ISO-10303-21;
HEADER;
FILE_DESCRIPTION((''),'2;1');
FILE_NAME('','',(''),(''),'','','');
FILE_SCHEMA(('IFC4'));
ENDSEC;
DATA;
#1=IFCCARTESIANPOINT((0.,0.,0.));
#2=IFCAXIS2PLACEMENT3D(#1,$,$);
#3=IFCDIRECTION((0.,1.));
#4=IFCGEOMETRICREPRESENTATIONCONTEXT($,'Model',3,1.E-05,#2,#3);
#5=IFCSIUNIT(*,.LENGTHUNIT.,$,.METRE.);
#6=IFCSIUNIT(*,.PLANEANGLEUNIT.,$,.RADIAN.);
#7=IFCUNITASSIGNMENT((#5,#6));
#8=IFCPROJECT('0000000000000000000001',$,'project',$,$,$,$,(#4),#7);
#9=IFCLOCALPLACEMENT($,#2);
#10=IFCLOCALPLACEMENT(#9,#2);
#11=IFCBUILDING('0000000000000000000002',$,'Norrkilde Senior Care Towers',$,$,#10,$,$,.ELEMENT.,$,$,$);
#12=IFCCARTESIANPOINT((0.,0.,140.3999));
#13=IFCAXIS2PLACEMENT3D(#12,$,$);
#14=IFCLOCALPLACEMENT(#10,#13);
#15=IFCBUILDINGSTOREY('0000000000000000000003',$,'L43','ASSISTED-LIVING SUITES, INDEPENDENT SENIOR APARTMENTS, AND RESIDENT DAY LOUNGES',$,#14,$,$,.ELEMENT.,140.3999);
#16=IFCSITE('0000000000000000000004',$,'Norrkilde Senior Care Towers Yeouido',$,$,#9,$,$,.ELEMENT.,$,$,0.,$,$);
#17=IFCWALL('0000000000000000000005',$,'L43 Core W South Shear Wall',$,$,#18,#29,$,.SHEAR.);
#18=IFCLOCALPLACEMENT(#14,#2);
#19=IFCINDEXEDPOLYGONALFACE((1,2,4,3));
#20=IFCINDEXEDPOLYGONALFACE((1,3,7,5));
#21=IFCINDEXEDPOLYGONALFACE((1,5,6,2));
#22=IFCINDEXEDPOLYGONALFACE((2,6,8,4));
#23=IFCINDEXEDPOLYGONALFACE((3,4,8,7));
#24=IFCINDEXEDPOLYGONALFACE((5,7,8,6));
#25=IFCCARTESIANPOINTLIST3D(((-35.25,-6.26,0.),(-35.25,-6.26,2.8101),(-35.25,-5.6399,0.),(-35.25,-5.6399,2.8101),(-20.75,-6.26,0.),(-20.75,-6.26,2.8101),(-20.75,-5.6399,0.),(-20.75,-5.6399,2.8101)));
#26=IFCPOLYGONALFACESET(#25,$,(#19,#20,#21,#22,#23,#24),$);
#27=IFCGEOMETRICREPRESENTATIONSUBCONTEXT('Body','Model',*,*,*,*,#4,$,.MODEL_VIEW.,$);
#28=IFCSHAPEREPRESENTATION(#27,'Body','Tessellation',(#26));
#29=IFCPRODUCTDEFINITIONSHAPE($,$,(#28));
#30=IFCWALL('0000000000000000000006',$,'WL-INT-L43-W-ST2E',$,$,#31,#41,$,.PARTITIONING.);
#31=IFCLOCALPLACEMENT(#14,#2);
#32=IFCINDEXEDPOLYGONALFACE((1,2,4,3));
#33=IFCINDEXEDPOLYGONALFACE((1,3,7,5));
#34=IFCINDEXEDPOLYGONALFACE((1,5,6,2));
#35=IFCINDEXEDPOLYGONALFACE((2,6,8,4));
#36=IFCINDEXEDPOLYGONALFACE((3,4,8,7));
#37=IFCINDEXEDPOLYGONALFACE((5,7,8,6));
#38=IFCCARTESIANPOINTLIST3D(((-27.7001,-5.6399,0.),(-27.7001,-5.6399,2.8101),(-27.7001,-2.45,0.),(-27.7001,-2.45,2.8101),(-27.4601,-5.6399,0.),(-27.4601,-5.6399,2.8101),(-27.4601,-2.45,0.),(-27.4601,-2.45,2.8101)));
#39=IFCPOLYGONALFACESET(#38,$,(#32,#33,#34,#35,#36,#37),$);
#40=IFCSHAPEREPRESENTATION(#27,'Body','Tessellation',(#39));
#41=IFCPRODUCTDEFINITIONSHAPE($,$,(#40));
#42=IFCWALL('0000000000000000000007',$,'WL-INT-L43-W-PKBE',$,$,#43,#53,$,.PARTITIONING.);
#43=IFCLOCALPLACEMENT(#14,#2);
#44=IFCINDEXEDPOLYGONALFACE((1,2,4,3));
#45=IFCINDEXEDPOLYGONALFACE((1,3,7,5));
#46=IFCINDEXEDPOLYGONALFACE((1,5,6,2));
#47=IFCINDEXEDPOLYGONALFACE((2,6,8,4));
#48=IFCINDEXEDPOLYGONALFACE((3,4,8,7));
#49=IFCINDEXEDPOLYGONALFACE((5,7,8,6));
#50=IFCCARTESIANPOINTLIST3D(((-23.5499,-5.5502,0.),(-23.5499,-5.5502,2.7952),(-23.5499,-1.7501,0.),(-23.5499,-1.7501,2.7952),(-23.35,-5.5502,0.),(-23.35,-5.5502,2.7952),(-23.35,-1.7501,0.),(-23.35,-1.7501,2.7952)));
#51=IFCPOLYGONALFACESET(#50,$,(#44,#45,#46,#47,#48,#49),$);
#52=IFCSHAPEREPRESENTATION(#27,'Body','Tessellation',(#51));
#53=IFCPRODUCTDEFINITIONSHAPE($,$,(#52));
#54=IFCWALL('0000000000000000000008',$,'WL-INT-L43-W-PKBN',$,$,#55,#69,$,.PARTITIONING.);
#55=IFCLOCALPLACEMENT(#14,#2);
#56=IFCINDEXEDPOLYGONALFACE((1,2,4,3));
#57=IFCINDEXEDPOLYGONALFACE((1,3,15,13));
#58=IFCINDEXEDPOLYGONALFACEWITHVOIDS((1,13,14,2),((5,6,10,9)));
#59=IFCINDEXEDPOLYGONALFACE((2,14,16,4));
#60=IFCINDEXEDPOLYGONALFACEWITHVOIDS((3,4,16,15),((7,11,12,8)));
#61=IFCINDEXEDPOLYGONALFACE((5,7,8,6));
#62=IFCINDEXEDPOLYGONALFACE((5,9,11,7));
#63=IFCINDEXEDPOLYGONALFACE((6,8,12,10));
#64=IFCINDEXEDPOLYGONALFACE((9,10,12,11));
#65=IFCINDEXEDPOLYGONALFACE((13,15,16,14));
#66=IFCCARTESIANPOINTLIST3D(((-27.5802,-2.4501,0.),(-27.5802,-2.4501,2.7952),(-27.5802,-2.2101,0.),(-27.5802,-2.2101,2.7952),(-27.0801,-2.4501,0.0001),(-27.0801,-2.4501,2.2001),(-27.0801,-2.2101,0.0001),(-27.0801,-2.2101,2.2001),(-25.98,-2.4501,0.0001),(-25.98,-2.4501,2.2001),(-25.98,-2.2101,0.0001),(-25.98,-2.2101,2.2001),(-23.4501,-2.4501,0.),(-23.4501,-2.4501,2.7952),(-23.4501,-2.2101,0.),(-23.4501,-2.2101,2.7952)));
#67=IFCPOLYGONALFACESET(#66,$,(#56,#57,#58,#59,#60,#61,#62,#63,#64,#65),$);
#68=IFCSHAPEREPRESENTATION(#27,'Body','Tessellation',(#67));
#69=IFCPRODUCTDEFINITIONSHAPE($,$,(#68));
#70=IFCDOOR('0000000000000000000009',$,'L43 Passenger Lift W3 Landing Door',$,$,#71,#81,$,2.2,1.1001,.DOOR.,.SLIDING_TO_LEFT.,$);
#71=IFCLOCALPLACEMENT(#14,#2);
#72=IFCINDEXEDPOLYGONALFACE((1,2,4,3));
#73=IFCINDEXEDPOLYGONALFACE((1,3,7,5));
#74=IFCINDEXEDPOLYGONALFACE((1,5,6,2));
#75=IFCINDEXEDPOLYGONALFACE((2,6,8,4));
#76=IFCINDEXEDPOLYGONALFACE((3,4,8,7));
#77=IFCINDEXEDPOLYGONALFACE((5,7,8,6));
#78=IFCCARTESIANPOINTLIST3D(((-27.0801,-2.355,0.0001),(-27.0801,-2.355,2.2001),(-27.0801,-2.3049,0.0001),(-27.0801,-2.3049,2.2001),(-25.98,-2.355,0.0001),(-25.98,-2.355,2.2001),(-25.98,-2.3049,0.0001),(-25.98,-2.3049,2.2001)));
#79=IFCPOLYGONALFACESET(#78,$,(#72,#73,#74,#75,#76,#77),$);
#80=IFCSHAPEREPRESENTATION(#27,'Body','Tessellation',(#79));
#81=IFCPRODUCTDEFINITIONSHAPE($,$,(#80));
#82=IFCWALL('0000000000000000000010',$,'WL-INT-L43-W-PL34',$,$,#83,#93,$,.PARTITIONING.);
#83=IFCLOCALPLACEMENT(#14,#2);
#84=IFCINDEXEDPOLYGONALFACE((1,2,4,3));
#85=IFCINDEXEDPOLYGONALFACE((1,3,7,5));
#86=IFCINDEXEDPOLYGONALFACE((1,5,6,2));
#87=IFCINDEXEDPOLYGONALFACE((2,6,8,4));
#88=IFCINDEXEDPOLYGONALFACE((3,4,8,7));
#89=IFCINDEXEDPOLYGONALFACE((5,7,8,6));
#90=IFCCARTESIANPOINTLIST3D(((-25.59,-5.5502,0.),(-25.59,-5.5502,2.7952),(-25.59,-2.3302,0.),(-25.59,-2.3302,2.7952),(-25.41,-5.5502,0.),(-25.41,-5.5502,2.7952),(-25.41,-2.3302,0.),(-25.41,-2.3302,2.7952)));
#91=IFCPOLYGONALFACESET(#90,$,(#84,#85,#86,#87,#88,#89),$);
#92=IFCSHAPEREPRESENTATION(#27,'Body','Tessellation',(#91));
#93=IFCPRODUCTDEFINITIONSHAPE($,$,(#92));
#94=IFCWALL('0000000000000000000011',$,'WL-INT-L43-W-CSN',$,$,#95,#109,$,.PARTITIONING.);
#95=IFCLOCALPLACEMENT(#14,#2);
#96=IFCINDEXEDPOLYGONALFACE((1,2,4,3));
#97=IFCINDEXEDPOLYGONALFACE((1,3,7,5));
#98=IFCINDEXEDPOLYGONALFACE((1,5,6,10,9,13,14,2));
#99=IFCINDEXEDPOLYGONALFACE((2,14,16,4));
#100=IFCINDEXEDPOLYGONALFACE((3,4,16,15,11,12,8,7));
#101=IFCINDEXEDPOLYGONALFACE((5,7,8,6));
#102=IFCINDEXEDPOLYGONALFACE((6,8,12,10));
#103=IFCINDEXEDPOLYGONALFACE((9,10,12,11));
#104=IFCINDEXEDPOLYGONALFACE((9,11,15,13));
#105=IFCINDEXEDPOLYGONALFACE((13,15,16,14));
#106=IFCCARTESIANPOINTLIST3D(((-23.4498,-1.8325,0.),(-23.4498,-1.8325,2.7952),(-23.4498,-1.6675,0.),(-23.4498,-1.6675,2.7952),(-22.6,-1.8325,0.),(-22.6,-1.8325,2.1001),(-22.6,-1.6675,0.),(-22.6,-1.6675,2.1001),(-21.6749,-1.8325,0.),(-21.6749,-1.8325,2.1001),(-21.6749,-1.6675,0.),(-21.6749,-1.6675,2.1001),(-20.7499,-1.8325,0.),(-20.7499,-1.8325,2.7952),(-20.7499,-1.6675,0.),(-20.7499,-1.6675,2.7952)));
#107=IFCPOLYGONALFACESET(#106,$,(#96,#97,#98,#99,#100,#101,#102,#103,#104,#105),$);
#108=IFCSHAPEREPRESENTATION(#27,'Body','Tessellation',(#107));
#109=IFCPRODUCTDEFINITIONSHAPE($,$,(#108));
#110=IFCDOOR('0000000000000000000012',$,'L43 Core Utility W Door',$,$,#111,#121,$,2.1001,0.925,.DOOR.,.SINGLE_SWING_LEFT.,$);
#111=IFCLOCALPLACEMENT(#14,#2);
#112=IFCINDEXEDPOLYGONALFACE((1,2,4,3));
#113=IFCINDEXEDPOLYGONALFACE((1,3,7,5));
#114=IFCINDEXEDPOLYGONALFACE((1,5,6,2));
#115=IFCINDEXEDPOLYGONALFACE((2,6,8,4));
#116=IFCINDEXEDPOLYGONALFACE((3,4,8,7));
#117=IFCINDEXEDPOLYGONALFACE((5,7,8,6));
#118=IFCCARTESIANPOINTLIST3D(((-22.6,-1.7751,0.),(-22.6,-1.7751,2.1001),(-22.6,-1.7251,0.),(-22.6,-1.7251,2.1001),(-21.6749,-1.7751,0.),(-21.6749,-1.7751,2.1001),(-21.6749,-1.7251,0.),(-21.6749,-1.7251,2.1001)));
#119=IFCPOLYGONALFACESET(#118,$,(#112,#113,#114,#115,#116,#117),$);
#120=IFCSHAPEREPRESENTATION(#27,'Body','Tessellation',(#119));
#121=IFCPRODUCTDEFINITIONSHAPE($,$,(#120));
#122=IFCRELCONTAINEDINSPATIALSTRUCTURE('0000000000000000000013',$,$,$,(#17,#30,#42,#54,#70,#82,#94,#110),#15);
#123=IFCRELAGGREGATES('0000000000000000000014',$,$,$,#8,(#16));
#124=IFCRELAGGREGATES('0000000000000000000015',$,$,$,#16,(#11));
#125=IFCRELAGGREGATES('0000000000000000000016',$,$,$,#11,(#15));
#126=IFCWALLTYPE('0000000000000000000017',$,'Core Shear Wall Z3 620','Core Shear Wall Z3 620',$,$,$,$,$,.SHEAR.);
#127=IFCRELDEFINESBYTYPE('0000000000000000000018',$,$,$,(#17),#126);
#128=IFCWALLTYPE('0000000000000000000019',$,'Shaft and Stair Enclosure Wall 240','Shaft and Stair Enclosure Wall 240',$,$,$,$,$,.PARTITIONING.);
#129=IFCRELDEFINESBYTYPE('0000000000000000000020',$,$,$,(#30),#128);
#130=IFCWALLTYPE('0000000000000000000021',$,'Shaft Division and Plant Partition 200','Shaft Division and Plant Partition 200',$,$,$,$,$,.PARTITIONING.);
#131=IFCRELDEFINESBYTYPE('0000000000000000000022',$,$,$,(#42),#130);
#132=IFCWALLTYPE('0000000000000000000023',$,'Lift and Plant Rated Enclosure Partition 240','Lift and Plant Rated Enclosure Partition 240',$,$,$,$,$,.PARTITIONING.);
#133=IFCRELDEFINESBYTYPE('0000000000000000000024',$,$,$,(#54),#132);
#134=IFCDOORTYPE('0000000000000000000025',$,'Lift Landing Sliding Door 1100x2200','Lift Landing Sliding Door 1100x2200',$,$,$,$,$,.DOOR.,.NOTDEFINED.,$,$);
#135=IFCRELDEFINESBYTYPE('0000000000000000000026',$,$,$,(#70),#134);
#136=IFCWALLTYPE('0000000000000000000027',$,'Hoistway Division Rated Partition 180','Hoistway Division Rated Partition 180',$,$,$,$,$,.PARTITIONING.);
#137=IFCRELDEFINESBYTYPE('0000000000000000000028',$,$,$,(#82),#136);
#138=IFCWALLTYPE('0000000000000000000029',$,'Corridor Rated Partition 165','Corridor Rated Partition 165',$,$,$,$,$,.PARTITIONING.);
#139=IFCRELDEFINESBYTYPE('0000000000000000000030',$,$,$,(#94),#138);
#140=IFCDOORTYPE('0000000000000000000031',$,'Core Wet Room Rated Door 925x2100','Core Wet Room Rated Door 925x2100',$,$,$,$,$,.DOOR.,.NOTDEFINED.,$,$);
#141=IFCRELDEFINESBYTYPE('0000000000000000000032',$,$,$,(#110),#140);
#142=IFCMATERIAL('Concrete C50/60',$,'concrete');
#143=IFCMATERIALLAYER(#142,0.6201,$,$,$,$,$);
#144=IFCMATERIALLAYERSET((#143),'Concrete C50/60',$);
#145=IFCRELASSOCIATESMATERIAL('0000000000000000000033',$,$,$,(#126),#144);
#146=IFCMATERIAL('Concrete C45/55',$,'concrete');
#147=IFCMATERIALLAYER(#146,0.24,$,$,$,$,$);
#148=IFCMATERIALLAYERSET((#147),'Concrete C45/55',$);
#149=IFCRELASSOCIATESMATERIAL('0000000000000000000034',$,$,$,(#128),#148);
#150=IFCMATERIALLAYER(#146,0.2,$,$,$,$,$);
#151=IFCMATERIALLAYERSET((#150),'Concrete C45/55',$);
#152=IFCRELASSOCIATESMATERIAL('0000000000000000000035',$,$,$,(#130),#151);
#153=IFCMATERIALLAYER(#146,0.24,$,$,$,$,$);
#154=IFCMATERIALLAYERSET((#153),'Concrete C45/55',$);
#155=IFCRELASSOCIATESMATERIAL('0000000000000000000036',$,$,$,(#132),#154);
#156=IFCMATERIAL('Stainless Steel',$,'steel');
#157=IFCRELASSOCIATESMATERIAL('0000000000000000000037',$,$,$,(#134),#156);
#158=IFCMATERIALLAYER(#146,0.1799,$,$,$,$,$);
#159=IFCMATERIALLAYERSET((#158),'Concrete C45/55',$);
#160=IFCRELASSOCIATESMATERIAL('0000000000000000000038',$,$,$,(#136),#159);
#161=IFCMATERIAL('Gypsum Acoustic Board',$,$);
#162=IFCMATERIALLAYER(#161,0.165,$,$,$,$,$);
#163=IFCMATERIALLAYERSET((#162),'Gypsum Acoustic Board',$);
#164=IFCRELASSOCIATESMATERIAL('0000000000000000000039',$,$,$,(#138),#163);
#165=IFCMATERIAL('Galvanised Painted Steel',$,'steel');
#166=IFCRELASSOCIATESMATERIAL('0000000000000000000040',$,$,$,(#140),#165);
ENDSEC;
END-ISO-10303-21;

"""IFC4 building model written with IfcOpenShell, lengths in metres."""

from ifc_helpers import new_model, si_unit, direction, frame, frame_2d, origin, place, context, subcontext, project, spatial, rectangle, extrude, source, transform, mapped, material, layer, layer_set, type_object, type_shapes, element, fill, save


model = new_model("IFC4")

# Units and contexts
model_context = context("Model", 3, precision=1e-05, world=origin(), true_north=direction((0.0, 1.0)))
body_context = subcontext(model_context, "Body", "Model", "MODEL_VIEW")
ifc_project = project(units=[si_unit("LENGTHUNIT", "METRE"), si_unit("PLANEANGLEUNIT", "RADIAN")], contexts=[model_context])

# Site, building, storey
site_placement = place(None, origin())
site = spatial("IfcSite", under=ifc_project, at=site_placement, Name="Norrkilde Senior Care Towers Yeouido", CompositionType="ELEMENT", RefElevation=0.0)
building_placement = place(site_placement, origin())
building = spatial("IfcBuilding", under=site, at=building_placement, Name="Norrkilde Senior Care Towers", CompositionType="ELEMENT")
storey_placement = place(building_placement, frame((0.0, 0.0, 140.3999)))
storey = spatial("IfcBuildingStorey", under=building, at=storey_placement, Name="L43", Description="ASSISTED-LIVING SUITES, INDEPENDENT SENIOR APARTMENTS, AND RESIDENT DAY LOUNGES", CompositionType="ELEMENT", Elevation=140.3999)

# Shared definitions
ifc_material_1 = material(Name="Concrete C50/60", Category="concrete")

# Walls
ifc_layer_1 = layer(ifc_material_1, 0.6201)
ifc_layer_set_1 = layer_set([ifc_layer_1], Name="Concrete C50/60")
wall_type_1 = type_object("IfcWallType", Name="Core Shear Wall Z3 620", Description="Core Shear Wall Z3 620", PredefinedType="SHEAR", material=ifc_layer_set_1)
shared_shape_1 = source(origin(), body_context, "Body", "SweptSolid", [
    extrude(rectangle(XDim=14.5, YDim=0.6201, at=frame_2d((7.25, 0.0))), origin(), (0.0, 0.0, 1.0), 2.8101),
])
type_shapes(wall_type_1, [shared_shape_1])
wall_1_placement = place(storey_placement, frame((-20.75, -5.95, 0.0), z_axis=(0.0, 0.0, 1.0), x_axis=(-1.0, 0.0, 0.0)))
element("IfcWall", 1, at=wall_1_placement, inside=storey, type_object=wall_type_1, Name="L43 Core W South Shear Wall", PredefinedType="SHEAR", context=body_context, shape_type="MappedRepresentation", body=[
    mapped(shared_shape_1, transform((0.0, 0.0, 0.0), x_axis=(1.0, 0.0, 0.0), y_axis=(0.0, 1.0, 0.0), z_axis=(0.0, 0.0, 1.0), scale=1.0)),
])
ifc_material_2 = material(Name="Concrete C45/55", Category="concrete")
ifc_layer_2 = layer(ifc_material_2, 0.24)
ifc_layer_set_2 = layer_set([ifc_layer_2], Name="Concrete C45/55")
wall_type_2 = type_object("IfcWallType", Name="Shaft and Stair Enclosure Wall 240", Description="Shaft and Stair Enclosure Wall 240", PredefinedType="PARTITIONING", material=ifc_layer_set_2)
shared_shape_2 = source(origin(), body_context, "Body", "SweptSolid", [
    extrude(rectangle(XDim=3.1899, YDim=0.24, at=frame_2d((1.595, 0.0))), origin(), (0.0, 0.0, 1.0), 2.8101),
])
type_shapes(wall_type_2, [shared_shape_2])
wall_2_placement = place(storey_placement, frame((-27.5801, -5.6399, 0.0), z_axis=(0.0, 0.0, 1.0), x_axis=(0.0, 1.0, 0.0)))
element("IfcWall", 2, at=wall_2_placement, inside=storey, type_object=wall_type_2, Name="WL-INT-L43-W-ST2E", PredefinedType="PARTITIONING", context=body_context, shape_type="MappedRepresentation", body=[
    mapped(shared_shape_2, transform((0.0, 0.0, 0.0), x_axis=(1.0, 0.0, 0.0), y_axis=(0.0, 1.0, 0.0), z_axis=(0.0, 0.0, 1.0), scale=1.0)),
])
ifc_layer_3 = layer(ifc_material_2, 0.2)
ifc_layer_set_3 = layer_set([ifc_layer_3], Name="Concrete C45/55")
wall_type_3 = type_object("IfcWallType", Name="Shaft Division and Plant Partition 200", Description="Shaft Division and Plant Partition 200", PredefinedType="PARTITIONING", material=ifc_layer_set_3)
shared_shape_3 = source(origin(), body_context, "Body", "SweptSolid", [
    extrude(rectangle(XDim=3.8, YDim=0.2, at=frame_2d((1.8999, 0.0))), origin(), (0.0, 0.0, 1.0), 2.7952),
])
type_shapes(wall_type_3, [shared_shape_3])
wall_3_placement = place(storey_placement, frame((-23.45, -5.55, 0.0), z_axis=(0.0, 0.0, 1.0), x_axis=(0.0, 1.0, 0.0)))
element("IfcWall", 3, at=wall_3_placement, inside=storey, type_object=wall_type_3, Name="WL-INT-L43-W-PKBE", PredefinedType="PARTITIONING", context=body_context, shape_type="MappedRepresentation", body=[
    mapped(shared_shape_3, transform((0.0, 0.0, 0.0), x_axis=(1.0, 0.0, 0.0), y_axis=(0.0, 1.0, 0.0), z_axis=(0.0, 0.0, 1.0), scale=1.0)),
])

# Wall, opening, door
ifc_layer_4 = layer(ifc_material_2, 0.24)
ifc_layer_set_4 = layer_set([ifc_layer_4], Name="Concrete C45/55")
wall_type_4 = type_object("IfcWallType", Name="Lift and Plant Rated Enclosure Partition 240", Description="Lift and Plant Rated Enclosure Partition 240", PredefinedType="PARTITIONING", material=ifc_layer_set_4)
shared_shape_4 = source(origin(), body_context, "Body", "SweptSolid", [
    extrude(rectangle(XDim=4.1301, YDim=0.24, at=frame_2d((2.0649, 0.0))), origin(), (0.0, 0.0, 1.0), 2.7952),
])
type_shapes(wall_type_4, [shared_shape_4])
wall_4_placement = place(storey_placement, frame((-27.5801, -2.3301, 0.0), z_axis=(0.0, 0.0, 1.0), x_axis=(1.0, 0.0, 0.0)))
wall_4 = element("IfcWall", 4, at=wall_4_placement, inside=storey, type_object=wall_type_4, Name="WL-INT-L43-W-PKBN", PredefinedType="PARTITIONING", context=body_context, shape_type="MappedRepresentation", body=[
    mapped(shared_shape_4, transform((0.0, 0.0, 0.0), x_axis=(1.0, 0.0, 0.0), y_axis=(0.0, 1.0, 0.0), z_axis=(0.0, 0.0, 1.0), scale=1.0)),
])
opening_1_placement = place(wall_4_placement, frame((0.5, 0.0, 0.0)))
opening_1 = element("IfcOpeningElement", 5, at=opening_1_placement, cuts=wall_4, PredefinedType="OPENING", context=body_context, shape_type="SweptSolid", body=[
    extrude(rectangle(XDim=1.1001, YDim=2.2, at=frame_2d((0.55, 1.1001))), frame((0.0, 0.1299, 0.0), z_axis=(0.0, -1.0, 0.0), x_axis=(1.0, 0.0, 0.0)), (0.0, 0.0, 1.0), 0.26),
])
ifc_material_3 = material(Name="Stainless Steel", Category="steel")
door_type_1 = type_object("IfcDoorType", Name="Lift Landing Sliding Door 1100x2200", Description="Lift Landing Sliding Door 1100x2200", OperationType="NOTDEFINED", PredefinedType="DOOR", material=ifc_material_3)
shared_shape_5 = source(origin(), body_context, "Body", "SweptSolid", [
    extrude(rectangle(XDim=1.1001, YDim=2.2, at=frame_2d((0.55, 1.1001))), frame((0.0, 0.0249, 0.0), z_axis=(0.0, -1.0, 0.0), x_axis=(1.0, 0.0, 0.0)), (0.0, 0.0, 1.0), 0.05),
])
type_shapes(door_type_1, [shared_shape_5])
door_1_placement = place(opening_1_placement, frame((1.1001, 0.0, 0.0), z_axis=(0.0, 0.0, 1.0), x_axis=(-1.0, 0.0, 0.0)))
door_1 = element("IfcDoor", 6, at=door_1_placement, inside=storey, type_object=door_type_1, Name="L43 Passenger Lift W3 Landing Door", OperationType="SLIDING_TO_LEFT", OverallHeight=2.2, OverallWidth=1.1001, PredefinedType="DOOR", context=body_context, shape_type="MappedRepresentation", body=[
    mapped(shared_shape_5, transform((0.0, 0.0, 0.0), x_axis=(1.0, 0.0, 0.0), y_axis=(0.0, 1.0, 0.0), z_axis=(0.0, 0.0, 1.0), scale=1.0)),
])
fill(opening_1, door_1)

# Wall
ifc_layer_5 = layer(ifc_material_2, 0.1799)
ifc_layer_set_5 = layer_set([ifc_layer_5], Name="Concrete C45/55")
wall_type_5 = type_object("IfcWallType", Name="Hoistway Division Rated Partition 180", Description="Hoistway Division Rated Partition 180", PredefinedType="PARTITIONING", material=ifc_layer_set_5)
shared_shape_6 = source(origin(), body_context, "Body", "SweptSolid", [
    extrude(rectangle(XDim=3.22, YDim=0.1799, at=frame_2d((1.6099, 0.0))), origin(), (0.0, 0.0, 1.0), 2.7952),
])
type_shapes(wall_type_5, [shared_shape_6])
wall_5_placement = place(storey_placement, frame((-25.5, -5.55, 0.0), z_axis=(0.0, 0.0, 1.0), x_axis=(0.0, 1.0, 0.0)))
element("IfcWall", 7, at=wall_5_placement, inside=storey, type_object=wall_type_5, Name="WL-INT-L43-W-PL34", PredefinedType="PARTITIONING", context=body_context, shape_type="MappedRepresentation", body=[
    mapped(shared_shape_6, transform((0.0, 0.0, 0.0), x_axis=(1.0, 0.0, 0.0), y_axis=(0.0, 1.0, 0.0), z_axis=(0.0, 0.0, 1.0), scale=1.0)),
])

# Wall, opening, door
ifc_material_4 = material(Name="Gypsum Acoustic Board")
ifc_layer_6 = layer(ifc_material_4, 0.165)
ifc_layer_set_6 = layer_set([ifc_layer_6], Name="Gypsum Acoustic Board")
wall_type_6 = type_object("IfcWallType", Name="Corridor Rated Partition 165", Description="Corridor Rated Partition 165", PredefinedType="PARTITIONING", material=ifc_layer_set_6)
shared_shape_7 = source(origin(), body_context, "Body", "SweptSolid", [
    extrude(rectangle(XDim=2.7, YDim=0.165, at=frame_2d((1.3501, 0.0))), origin(), (0.0, 0.0, 1.0), 2.7952),
])
wall_6_placement = place(storey_placement, frame((-23.45, -1.75, 0.0), z_axis=(0.0, 0.0, 1.0), x_axis=(1.0, 0.0, 0.0)))
wall_6 = element("IfcWall", 8, at=wall_6_placement, inside=storey, type_object=wall_type_6, Name="WL-INT-L43-W-CSN", PredefinedType="PARTITIONING", context=body_context, shape_type="MappedRepresentation", body=[
    mapped(shared_shape_7, transform((0.0, 0.0, 0.0), x_axis=(1.0, 0.0, 0.0), y_axis=(0.0, 1.0, 0.0), z_axis=(0.0, 0.0, 1.0), scale=1.0)),
])
opening_2_placement = place(wall_6_placement, frame((0.8501, 0.0, 0.0)))
opening_2 = element("IfcOpeningElement", 9, at=opening_2_placement, cuts=wall_6, PredefinedType="OPENING", context=body_context, shape_type="SweptSolid", body=[
    extrude(rectangle(XDim=0.925, YDim=2.1001, at=frame_2d((0.4624, 1.05))), frame((0.0, 0.0925, 0.0), z_axis=(0.0, -1.0, 0.0), x_axis=(1.0, 0.0, 0.0)), (0.0, 0.0, 1.0), 0.1851),
])
ifc_material_5 = material(Name="Galvanised Painted Steel", Category="steel")
door_type_2 = type_object("IfcDoorType", Name="Core Wet Room Rated Door 925x2100", Description="Core Wet Room Rated Door 925x2100", OperationType="NOTDEFINED", PredefinedType="DOOR", material=ifc_material_5)
shared_shape_8 = source(origin(), body_context, "Body", "SweptSolid", [
    extrude(rectangle(XDim=0.925, YDim=2.1001, at=frame_2d((0.4624, 1.05))), frame((0.0, 0.0249, 0.0), z_axis=(0.0, -1.0, 0.0), x_axis=(1.0, 0.0, 0.0)), (0.0, 0.0, 1.0), 0.05),
])
type_shapes(door_type_2, [shared_shape_8])
door_2_placement = place(opening_2_placement, origin())
door_2 = element("IfcDoor", 10, at=door_2_placement, inside=storey, type_object=door_type_2, Name="L43 Core Utility W Door", OperationType="SINGLE_SWING_LEFT", OverallHeight=2.1001, OverallWidth=0.925, PredefinedType="DOOR", context=body_context, shape_type="MappedRepresentation", body=[
    mapped(shared_shape_8, transform((0.0, 0.0, 0.0), x_axis=(1.0, 0.0, 0.0), y_axis=(0.0, 1.0, 0.0), z_axis=(0.0, 0.0, 1.0), scale=1.0)),
])
fill(opening_2, door_2)

save(model, "model.ifc")
